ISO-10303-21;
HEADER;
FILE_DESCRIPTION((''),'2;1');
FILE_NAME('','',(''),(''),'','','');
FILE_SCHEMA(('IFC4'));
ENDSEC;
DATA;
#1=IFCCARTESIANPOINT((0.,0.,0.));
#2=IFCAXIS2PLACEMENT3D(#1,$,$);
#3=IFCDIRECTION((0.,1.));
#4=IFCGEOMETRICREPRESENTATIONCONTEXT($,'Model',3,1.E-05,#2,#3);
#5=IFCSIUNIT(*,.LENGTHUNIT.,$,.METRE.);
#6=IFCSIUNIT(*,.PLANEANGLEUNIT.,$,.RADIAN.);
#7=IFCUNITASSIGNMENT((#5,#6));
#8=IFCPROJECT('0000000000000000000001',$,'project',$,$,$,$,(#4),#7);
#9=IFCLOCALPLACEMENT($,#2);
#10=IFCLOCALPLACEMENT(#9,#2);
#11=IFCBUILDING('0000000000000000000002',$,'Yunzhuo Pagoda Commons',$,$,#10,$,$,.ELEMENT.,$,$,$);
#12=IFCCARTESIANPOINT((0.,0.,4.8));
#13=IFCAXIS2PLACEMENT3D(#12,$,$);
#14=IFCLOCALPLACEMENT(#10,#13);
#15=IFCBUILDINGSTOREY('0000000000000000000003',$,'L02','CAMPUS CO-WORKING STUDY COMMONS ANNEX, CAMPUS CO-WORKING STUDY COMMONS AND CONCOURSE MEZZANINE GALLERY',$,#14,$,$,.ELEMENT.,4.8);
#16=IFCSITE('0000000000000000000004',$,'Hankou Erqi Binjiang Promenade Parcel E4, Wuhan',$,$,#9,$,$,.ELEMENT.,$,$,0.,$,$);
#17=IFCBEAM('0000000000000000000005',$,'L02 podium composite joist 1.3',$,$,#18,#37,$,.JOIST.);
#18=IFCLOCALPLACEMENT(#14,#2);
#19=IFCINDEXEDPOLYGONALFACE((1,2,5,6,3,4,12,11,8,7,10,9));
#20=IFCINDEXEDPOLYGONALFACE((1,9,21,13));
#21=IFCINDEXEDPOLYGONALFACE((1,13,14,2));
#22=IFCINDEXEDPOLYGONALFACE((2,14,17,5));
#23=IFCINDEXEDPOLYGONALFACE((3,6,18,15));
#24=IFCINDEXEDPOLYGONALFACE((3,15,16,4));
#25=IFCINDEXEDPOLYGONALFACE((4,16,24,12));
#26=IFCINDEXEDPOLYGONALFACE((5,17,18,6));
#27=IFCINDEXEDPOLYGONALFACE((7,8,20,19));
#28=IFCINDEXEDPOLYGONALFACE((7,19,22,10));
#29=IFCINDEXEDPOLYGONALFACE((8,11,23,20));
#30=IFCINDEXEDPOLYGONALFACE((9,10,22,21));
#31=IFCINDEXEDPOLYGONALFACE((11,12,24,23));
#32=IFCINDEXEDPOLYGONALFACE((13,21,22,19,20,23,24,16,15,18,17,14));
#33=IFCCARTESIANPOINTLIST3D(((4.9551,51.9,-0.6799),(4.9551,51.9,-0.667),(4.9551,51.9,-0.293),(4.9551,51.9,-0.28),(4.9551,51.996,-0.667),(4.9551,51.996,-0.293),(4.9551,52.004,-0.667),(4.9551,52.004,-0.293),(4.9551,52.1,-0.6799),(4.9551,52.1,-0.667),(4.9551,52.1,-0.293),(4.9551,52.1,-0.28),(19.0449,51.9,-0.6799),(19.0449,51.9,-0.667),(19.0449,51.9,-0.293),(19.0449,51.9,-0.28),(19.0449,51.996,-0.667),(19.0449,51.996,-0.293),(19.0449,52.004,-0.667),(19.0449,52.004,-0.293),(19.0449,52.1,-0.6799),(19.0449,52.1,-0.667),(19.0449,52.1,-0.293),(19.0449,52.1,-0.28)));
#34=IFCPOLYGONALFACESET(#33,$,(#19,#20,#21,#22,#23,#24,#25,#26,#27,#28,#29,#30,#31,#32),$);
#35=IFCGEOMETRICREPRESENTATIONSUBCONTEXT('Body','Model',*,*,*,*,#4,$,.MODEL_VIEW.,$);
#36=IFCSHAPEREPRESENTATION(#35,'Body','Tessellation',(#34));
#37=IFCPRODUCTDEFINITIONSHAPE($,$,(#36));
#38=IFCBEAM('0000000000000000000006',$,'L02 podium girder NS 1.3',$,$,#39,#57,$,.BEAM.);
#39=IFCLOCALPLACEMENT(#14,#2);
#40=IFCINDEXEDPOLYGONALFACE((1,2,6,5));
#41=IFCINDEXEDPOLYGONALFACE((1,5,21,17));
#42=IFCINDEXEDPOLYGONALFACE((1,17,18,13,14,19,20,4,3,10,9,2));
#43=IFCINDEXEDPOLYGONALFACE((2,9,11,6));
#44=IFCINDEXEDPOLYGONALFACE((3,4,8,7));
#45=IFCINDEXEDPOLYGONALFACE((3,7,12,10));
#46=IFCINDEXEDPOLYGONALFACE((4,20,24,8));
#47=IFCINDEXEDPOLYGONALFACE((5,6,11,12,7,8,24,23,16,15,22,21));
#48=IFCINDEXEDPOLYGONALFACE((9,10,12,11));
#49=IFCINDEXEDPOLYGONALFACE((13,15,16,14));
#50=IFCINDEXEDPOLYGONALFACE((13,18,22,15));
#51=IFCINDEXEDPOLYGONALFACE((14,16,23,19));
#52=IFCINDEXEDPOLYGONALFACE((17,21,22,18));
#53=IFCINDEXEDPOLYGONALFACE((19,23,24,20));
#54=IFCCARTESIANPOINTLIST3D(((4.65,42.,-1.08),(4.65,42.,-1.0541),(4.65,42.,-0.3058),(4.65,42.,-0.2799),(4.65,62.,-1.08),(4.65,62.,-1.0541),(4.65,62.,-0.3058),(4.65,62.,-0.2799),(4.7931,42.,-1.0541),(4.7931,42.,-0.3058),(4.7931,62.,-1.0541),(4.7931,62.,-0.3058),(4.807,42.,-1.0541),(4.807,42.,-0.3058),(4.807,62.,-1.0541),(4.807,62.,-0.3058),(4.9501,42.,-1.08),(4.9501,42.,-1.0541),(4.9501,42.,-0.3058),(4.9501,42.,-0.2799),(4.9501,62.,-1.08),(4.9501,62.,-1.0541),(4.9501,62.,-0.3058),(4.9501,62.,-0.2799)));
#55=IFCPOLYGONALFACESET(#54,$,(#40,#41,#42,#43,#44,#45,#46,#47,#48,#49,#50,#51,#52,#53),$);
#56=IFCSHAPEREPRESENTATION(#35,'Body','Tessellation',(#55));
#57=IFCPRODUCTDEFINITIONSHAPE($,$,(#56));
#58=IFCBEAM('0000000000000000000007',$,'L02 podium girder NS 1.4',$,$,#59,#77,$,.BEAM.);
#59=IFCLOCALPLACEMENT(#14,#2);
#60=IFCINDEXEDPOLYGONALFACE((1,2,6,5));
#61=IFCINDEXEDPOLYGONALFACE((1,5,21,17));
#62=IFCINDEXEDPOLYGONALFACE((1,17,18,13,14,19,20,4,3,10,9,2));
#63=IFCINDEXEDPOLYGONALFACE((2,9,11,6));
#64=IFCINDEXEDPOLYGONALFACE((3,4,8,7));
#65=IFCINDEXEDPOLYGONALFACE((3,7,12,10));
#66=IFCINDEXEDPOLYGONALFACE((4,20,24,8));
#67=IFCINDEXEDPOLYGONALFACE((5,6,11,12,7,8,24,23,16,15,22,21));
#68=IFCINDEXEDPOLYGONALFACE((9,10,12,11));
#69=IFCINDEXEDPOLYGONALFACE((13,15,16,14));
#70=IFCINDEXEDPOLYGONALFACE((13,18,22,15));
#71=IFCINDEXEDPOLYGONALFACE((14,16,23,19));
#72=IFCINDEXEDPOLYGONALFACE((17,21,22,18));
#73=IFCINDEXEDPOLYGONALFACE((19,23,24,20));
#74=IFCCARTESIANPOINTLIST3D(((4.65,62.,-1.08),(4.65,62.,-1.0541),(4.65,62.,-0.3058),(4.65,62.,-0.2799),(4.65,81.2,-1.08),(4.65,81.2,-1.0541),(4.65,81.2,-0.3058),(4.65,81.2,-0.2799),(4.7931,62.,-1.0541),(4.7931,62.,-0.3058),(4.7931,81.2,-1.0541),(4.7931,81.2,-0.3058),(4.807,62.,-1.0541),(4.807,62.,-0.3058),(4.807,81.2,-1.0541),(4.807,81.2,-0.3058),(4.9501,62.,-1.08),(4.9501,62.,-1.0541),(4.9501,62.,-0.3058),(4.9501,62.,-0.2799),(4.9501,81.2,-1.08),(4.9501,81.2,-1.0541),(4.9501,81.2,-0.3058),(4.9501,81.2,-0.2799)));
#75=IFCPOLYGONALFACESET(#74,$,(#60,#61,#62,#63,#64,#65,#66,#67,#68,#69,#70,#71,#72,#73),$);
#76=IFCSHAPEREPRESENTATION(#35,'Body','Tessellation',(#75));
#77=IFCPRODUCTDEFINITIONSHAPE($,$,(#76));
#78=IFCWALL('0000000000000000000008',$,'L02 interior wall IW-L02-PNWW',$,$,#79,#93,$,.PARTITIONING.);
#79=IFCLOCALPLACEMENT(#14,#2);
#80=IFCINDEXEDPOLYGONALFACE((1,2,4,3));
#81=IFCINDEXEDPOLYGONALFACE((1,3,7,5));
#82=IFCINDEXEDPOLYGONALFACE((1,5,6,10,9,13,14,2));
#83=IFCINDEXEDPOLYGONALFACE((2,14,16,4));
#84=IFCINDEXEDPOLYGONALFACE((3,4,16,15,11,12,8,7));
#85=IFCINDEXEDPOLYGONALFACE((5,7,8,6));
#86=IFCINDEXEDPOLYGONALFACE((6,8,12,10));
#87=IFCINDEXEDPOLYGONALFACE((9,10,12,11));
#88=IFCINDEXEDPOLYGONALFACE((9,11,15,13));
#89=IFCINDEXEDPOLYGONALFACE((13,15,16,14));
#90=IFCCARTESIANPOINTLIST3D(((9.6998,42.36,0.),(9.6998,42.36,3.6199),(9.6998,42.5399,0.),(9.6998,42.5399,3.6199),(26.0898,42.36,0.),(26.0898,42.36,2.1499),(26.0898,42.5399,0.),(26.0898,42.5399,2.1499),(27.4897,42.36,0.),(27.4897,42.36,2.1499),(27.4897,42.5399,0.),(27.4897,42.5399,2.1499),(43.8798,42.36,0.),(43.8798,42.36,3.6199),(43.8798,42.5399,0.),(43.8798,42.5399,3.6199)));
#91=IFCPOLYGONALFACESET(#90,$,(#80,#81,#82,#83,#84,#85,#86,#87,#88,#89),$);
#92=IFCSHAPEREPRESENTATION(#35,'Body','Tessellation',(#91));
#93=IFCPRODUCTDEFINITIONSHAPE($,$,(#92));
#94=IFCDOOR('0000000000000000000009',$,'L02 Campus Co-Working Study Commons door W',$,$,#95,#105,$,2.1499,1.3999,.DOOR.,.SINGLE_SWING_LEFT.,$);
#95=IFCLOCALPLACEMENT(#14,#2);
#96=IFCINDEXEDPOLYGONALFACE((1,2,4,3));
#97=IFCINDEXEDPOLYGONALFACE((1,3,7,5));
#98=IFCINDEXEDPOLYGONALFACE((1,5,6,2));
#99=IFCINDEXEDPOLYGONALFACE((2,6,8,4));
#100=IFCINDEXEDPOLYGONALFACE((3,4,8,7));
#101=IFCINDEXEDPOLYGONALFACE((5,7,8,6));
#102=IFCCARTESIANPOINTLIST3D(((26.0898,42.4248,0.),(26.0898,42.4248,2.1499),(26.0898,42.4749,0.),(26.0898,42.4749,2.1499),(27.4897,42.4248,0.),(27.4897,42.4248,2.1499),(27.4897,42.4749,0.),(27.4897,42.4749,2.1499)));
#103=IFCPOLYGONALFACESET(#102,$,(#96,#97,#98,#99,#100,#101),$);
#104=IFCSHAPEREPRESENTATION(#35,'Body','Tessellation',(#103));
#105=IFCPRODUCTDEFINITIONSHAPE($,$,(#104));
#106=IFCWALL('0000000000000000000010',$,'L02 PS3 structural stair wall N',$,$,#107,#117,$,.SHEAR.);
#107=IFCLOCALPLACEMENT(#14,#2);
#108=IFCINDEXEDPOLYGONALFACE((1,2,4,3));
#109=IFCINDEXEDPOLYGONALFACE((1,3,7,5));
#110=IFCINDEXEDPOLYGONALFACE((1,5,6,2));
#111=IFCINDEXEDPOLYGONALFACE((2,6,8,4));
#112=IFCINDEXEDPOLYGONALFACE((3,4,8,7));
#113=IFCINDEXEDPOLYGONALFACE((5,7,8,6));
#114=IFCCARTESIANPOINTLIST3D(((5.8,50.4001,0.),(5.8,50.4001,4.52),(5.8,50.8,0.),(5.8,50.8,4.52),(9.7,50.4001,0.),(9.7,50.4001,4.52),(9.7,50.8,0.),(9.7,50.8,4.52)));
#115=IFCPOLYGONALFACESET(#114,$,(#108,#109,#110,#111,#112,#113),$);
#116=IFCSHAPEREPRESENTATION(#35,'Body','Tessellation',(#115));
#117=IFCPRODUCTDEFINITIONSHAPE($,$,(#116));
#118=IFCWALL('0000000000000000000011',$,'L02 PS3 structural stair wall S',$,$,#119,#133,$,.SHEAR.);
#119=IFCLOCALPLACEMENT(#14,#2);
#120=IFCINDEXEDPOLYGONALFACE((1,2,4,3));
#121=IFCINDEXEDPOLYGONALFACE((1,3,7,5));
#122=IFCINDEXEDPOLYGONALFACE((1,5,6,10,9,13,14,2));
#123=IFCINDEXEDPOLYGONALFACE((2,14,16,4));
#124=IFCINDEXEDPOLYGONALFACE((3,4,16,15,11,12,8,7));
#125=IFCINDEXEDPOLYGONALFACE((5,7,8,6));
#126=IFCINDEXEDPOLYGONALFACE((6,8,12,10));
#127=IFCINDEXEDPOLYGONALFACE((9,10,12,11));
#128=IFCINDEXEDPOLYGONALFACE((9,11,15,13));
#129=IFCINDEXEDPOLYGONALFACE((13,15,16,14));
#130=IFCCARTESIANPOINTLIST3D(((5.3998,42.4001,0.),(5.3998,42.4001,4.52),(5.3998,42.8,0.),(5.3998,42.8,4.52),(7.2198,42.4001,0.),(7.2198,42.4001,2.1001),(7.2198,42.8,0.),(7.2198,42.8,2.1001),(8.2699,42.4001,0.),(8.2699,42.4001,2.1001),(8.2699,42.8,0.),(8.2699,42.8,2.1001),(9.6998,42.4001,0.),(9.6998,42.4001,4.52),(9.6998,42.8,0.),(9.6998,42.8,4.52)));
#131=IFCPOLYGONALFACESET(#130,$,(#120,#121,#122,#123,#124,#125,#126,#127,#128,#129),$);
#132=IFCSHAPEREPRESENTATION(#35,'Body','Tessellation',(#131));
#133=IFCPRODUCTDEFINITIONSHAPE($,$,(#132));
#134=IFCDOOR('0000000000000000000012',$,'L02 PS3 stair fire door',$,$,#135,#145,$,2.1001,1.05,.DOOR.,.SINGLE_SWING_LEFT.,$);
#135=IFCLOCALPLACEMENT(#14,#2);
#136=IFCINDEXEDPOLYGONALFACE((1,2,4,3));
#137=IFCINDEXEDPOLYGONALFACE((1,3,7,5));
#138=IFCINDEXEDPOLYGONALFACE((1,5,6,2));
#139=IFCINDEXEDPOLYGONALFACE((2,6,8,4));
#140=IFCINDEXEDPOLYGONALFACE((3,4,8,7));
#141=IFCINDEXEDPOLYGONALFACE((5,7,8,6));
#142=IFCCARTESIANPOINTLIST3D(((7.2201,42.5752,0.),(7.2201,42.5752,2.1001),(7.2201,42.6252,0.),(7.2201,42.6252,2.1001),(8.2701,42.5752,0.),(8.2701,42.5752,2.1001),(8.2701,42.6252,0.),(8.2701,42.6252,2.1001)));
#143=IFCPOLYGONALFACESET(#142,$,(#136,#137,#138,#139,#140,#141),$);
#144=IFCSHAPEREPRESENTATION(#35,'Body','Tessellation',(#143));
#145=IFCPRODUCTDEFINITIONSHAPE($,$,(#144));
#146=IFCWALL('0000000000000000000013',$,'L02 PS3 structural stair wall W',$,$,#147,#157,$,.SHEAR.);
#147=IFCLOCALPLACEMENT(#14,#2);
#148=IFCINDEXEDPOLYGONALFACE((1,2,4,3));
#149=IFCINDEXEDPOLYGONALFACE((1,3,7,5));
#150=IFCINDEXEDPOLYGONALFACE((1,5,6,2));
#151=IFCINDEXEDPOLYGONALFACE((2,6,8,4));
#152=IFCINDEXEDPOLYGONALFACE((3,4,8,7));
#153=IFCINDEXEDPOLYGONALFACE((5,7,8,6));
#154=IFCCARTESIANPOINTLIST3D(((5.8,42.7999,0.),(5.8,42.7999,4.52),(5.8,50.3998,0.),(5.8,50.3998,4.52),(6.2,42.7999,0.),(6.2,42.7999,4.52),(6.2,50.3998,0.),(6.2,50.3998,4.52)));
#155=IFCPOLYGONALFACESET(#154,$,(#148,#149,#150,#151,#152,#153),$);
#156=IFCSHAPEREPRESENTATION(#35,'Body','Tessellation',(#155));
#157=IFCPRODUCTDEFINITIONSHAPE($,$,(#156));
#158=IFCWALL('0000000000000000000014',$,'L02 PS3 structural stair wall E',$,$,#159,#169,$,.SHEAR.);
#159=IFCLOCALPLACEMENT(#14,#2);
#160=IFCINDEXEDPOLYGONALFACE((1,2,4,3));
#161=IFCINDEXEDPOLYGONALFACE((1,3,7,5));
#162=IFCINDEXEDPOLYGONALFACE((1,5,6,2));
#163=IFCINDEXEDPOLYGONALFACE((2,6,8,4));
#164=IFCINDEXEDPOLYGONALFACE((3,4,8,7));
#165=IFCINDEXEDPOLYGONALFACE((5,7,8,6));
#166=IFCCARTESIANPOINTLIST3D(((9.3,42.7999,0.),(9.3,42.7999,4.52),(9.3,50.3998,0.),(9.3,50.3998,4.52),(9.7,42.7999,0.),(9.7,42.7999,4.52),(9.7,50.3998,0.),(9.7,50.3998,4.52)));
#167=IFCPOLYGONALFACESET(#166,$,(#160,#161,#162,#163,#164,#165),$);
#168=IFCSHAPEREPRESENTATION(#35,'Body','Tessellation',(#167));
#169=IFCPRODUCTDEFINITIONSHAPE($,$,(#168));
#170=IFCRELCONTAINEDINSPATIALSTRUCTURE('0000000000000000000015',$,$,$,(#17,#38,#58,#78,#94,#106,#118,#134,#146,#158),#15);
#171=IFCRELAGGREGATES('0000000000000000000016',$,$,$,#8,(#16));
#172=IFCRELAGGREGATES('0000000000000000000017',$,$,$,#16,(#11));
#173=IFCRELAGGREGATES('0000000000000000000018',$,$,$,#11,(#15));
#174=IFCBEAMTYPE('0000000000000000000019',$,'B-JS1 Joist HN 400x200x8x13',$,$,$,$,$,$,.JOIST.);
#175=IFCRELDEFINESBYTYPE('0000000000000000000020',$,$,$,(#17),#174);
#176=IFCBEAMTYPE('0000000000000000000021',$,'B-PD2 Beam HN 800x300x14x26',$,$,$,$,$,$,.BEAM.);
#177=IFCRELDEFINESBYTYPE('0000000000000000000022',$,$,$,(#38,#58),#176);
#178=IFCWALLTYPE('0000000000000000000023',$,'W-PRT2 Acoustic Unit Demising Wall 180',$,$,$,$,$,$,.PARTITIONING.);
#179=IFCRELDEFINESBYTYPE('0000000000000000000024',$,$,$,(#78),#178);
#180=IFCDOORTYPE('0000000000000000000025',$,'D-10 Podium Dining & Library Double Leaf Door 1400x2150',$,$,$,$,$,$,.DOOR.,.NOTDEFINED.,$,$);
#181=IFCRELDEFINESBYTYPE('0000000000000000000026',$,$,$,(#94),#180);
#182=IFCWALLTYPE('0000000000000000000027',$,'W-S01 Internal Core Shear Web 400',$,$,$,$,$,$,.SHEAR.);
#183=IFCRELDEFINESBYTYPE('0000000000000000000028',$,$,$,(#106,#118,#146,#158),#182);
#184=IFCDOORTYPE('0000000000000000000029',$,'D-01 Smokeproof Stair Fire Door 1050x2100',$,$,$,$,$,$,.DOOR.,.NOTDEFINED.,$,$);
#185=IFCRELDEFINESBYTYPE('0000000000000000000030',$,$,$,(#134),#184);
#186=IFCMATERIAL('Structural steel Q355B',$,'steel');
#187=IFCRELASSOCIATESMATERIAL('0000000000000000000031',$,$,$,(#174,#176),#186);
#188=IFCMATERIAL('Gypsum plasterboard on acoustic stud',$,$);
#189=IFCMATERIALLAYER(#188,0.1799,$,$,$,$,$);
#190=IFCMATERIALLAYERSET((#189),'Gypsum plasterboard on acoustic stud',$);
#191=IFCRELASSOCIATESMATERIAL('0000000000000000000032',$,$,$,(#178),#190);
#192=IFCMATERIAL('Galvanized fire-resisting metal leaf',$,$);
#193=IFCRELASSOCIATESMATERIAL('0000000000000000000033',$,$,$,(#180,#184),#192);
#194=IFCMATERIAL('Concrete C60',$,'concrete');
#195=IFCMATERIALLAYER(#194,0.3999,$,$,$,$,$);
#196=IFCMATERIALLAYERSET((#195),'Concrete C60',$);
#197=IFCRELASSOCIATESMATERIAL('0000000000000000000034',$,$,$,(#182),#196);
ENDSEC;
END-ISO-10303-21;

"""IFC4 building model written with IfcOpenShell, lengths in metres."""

from ifc_helpers import new_model, si_unit, direction, frame, frame_2d, origin, origin_with_axes, origin_2d, place, context, subcontext, project, spatial, rectangle, i_section, extrude, source, transform, mapped, material, layer, layer_set, material_profile, profile_set, type_object, element, fill, save


model = new_model("IFC4")

# Units and contexts
model_context = context("Model", 3, precision=1e-05, world=origin(), true_north=direction((0.0, 1.0)))
body_context = subcontext(model_context, "Body", "Model", "MODEL_VIEW")
ifc_project = project(units=[si_unit("LENGTHUNIT", "METRE"), si_unit("PLANEANGLEUNIT", "RADIAN")], contexts=[model_context])

# Site, building, storey
site_placement = place(None, origin())
site = spatial("IfcSite", under=ifc_project, at=site_placement, Name="Hankou Erqi Binjiang Promenade Parcel E4, Wuhan", CompositionType="ELEMENT", RefElevation=0.0)
building_placement = place(site_placement, origin())
building = spatial("IfcBuilding", under=site, at=building_placement, Name="Yunzhuo Pagoda Commons", CompositionType="ELEMENT")
storey_placement = place(building_placement, frame((0.0, 0.0, 4.8)))
storey = spatial("IfcBuildingStorey", under=building, at=storey_placement, Name="L02", Description="CAMPUS CO-WORKING STUDY COMMONS ANNEX, CAMPUS CO-WORKING STUDY COMMONS AND CONCOURSE MEZZANINE GALLERY", CompositionType="ELEMENT", Elevation=4.8)

# Beams
ifc_material_1 = material(Name="Structural steel Q355B", Category="steel")
ifc_material_profile_1 = material_profile(ifc_material_1, i_section(OverallWidth=0.2, OverallDepth=0.3999, WebThickness=0.0081, FlangeThickness=0.0129, at=origin_2d()), Name="Structural steel Q355B")
ifc_profile_set_1 = profile_set([ifc_material_profile_1], Name="Structural steel Q355B")
beam_type_1 = type_object("IfcBeamType", Name="B-JS1 Joist HN 400x200x8x13", PredefinedType="JOIST", material=ifc_profile_set_1)
shared_shape_1 = source(origin(), body_context, "Body", "SweptSolid", [
    extrude(i_section(OverallWidth=0.2, OverallDepth=0.3999, WebThickness=0.0081, FlangeThickness=0.0129, at=origin_2d()), origin(), (0.0, 0.0, 1.0), 14.0898),
])
beam_1_placement = place(storey_placement, frame((4.9551, 52.0, -0.48), z_axis=(1.0, 0.0, 0.0), x_axis=(0.0, 1.0, 0.0)))
element("IfcBeam", 1, at=beam_1_placement, inside=storey, type_object=beam_type_1, Name="L02 podium composite joist 1.3", PredefinedType="JOIST", context=body_context, shape_type="MappedRepresentation", body=[
    mapped(shared_shape_1, transform((0.0, 0.0, 0.0), scale=1.0)),
])
ifc_material_profile_2 = material_profile(ifc_material_1, i_section(OverallWidth=0.3, OverallDepth=0.8, WebThickness=0.0139, FlangeThickness=0.0259, at=origin_2d()), Name="Structural steel Q355B")
ifc_profile_set_2 = profile_set([ifc_material_profile_2], Name="Structural steel Q355B")
beam_type_2 = type_object("IfcBeamType", Name="B-PD2 Beam HN 800x300x14x26", PredefinedType="BEAM", material=ifc_profile_set_2)
shared_shape_2 = source(origin(), body_context, "Body", "SweptSolid", [
    extrude(i_section(OverallWidth=0.3, OverallDepth=0.8, WebThickness=0.0139, FlangeThickness=0.0259, at=origin_2d()), origin(), (0.0, 0.0, 1.0), 20.0),
])
beam_2_placement = place(storey_placement, frame((4.8, 42.0, -0.6799), z_axis=(0.0, 1.0, 0.0), x_axis=(-1.0, 0.0, 0.0)))
element("IfcBeam", 2, at=beam_2_placement, inside=storey, type_object=beam_type_2, Name="L02 podium girder NS 1.3", PredefinedType="BEAM", context=body_context, shape_type="MappedRepresentation", body=[
    mapped(shared_shape_2, transform((0.0, 0.0, 0.0), scale=1.0)),
])
shared_shape_3 = source(origin(), body_context, "Body", "SweptSolid", [
    extrude(i_section(OverallWidth=0.3, OverallDepth=0.8, WebThickness=0.0139, FlangeThickness=0.0259, at=origin_2d()), origin(), (0.0, 0.0, 1.0), 19.2),
])
beam_3_placement = place(storey_placement, frame((4.8, 62.0, -0.6799), z_axis=(0.0, 1.0, 0.0), x_axis=(-1.0, 0.0, 0.0)))
element("IfcBeam", 3, at=beam_3_placement, inside=storey, type_object=beam_type_2, Name="L02 podium girder NS 1.4", PredefinedType="BEAM", context=body_context, shape_type="MappedRepresentation", body=[
    mapped(shared_shape_3, transform((0.0, 0.0, 0.0), scale=1.0)),
])

# Wall, opening, door
ifc_material_2 = material(Name="Gypsum plasterboard on acoustic stud")
ifc_layer_1 = layer(ifc_material_2, 0.1799)
ifc_layer_set_1 = layer_set([ifc_layer_1], Name="Gypsum plasterboard on acoustic stud")
wall_type_1 = type_object("IfcWallType", Name="W-PRT2 Acoustic Unit Demising Wall 180", PredefinedType="PARTITIONING", material=ifc_layer_set_1)
wall_1_placement = place(storey_placement, frame((9.7, 42.45, 0.0), z_axis=(0.0, 0.0, 1.0), x_axis=(1.0, 0.0, 0.0)))
wall_1 = element("IfcWall", 4, at=wall_1_placement, inside=storey, type_object=wall_type_1, Name="L02 interior wall IW-L02-PNWW", PredefinedType="PARTITIONING", context=body_context, shape_type="SweptSolid", body=[
    extrude(rectangle(XDim=34.1799, YDim=0.1799, at=frame_2d((17.0898, 0.0))), origin(), (0.0, 0.0, 1.0), 3.6199),
])
opening_1_placement = place(wall_1_placement, frame((16.3899, 0.0, 0.0)))
opening_1 = element("IfcOpeningElement", 5, at=opening_1_placement, cuts=wall_1, PredefinedType="OPENING", context=body_context, shape_type="SweptSolid", body=[
    extrude(rectangle(XDim=1.3999, YDim=2.1499, at=frame_2d((0.7, 1.075))), frame((0.0, 0.1001, 0.0), z_axis=(0.0, -1.0, 0.0), x_axis=(1.0, 0.0, 0.0)), (0.0, 0.0, 1.0), 0.2),
])
ifc_material_3 = material(Name="Galvanized fire-resisting metal leaf")
door_type_1 = type_object("IfcDoorType", Name="D-10 Podium Dining & Library Double Leaf Door 1400x2150", OperationType="NOTDEFINED", PredefinedType="DOOR", material=ifc_material_3)
shared_shape_4 = source(origin(), body_context, "Body", "SweptSolid", [
    extrude(rectangle(XDim=1.3999, YDim=2.1499, at=frame_2d((0.7, 1.075))), frame((0.0, 0.0249, 0.0), z_axis=(0.0, -1.0, 0.0), x_axis=(1.0, 0.0, 0.0)), (0.0, 0.0, 1.0), 0.05),
])
door_1_placement = place(opening_1_placement, origin_with_axes())
door_1 = element("IfcDoor", 6, at=door_1_placement, inside=storey, type_object=door_type_1, Name="L02 Campus Co-Working Study Commons door W", OperationType="SINGLE_SWING_LEFT", OverallHeight=2.1499, OverallWidth=1.3999, PredefinedType="DOOR", context=body_context, shape_type="MappedRepresentation", body=[
    mapped(shared_shape_4, transform((0.0, 0.0, 0.0), scale=1.0)),
])
fill(opening_1, door_1)

# Wall
ifc_material_4 = material(Name="Concrete C60", Category="concrete")
ifc_layer_2 = layer(ifc_material_4, 0.3999)
ifc_layer_set_2 = layer_set([ifc_layer_2], Name="Concrete C60")
wall_type_2 = type_object("IfcWallType", Name="W-S01 Internal Core Shear Web 400", PredefinedType="SHEAR", material=ifc_layer_set_2)
wall_2_placement = place(storey_placement, frame((5.8, 50.6001, 0.0), z_axis=(0.0, 0.0, 1.0), x_axis=(1.0, 0.0, 0.0)))
element("IfcWall", 7, at=wall_2_placement, inside=storey, type_object=wall_type_2, Name="L02 PS3 structural stair wall N", PredefinedType="SHEAR", context=body_context, shape_type="SweptSolid", body=[
    extrude(rectangle(XDim=3.8999, YDim=0.3999, at=frame_2d((1.95, 0.0))), origin(), (0.0, 0.0, 1.0), 4.52),
])

# Wall, opening, door
wall_3_placement = place(storey_placement, frame((5.3999, 42.6001, 0.0), z_axis=(0.0, 0.0, 1.0), x_axis=(1.0, 0.0, 0.0)))
wall_3 = element("IfcWall", 8, at=wall_3_placement, inside=storey, type_object=wall_type_2, Name="L02 PS3 structural stair wall S", PredefinedType="SHEAR", context=body_context, shape_type="SweptSolid", body=[
    extrude(rectangle(XDim=4.3, YDim=0.3999, at=frame_2d((2.1499, 0.0))), origin(), (0.0, 0.0, 1.0), 4.52),
])
opening_2_placement = place(wall_3_placement, frame((1.8201, 0.0, 0.0)))
opening_2 = element("IfcOpeningElement", 9, at=opening_2_placement, cuts=wall_3, PredefinedType="OPENING", context=body_context, shape_type="SweptSolid", body=[
    extrude(rectangle(XDim=1.05, YDim=2.1001, at=frame_2d((0.5249, 1.05))), frame((0.0, 0.21, 0.0), z_axis=(0.0, -1.0, 0.0), x_axis=(1.0, 0.0, 0.0)), (0.0, 0.0, 1.0), 0.4199),
])
door_type_2 = type_object("IfcDoorType", Name="D-01 Smokeproof Stair Fire Door 1050x2100", OperationType="NOTDEFINED", PredefinedType="DOOR", material=ifc_material_3)
shared_shape_5 = source(origin(), body_context, "Body", "SweptSolid", [
    extrude(rectangle(XDim=1.05, YDim=2.1001, at=frame_2d((0.5249, 1.05))), frame((0.0, 0.0249, 0.0), z_axis=(0.0, -1.0, 0.0), x_axis=(1.0, 0.0, 0.0)), (0.0, 0.0, 1.0), 0.05),
])
door_2_placement = place(opening_2_placement, frame((1.05, 0.0, 0.0), z_axis=(0.0, 0.0, 1.0), x_axis=(-1.0, 0.0, 0.0)))
door_2 = element("IfcDoor", 10, at=door_2_placement, inside=storey, type_object=door_type_2, Name="L02 PS3 stair fire door", OperationType="SINGLE_SWING_LEFT", OverallHeight=2.1001, OverallWidth=1.05, PredefinedType="DOOR", context=body_context, shape_type="MappedRepresentation", body=[
    mapped(shared_shape_5, transform((0.0, 0.0, 0.0), scale=1.0)),
])
fill(opening_2, door_2)

# Walls
for number, where, z_axis, x_axis, name in (
    (11, (6.0, 42.8, 0.0), (0.0, 0.0, 1.0), (0.0, 1.0, 0.0), "L02 PS3 structural stair wall W"),
    (12, (9.5, 42.8, 0.0), (0.0, 0.0, 1.0), (0.0, 1.0, 0.0), "L02 PS3 structural stair wall E"),
):
    element("IfcWall", number, at=place(storey_placement, frame(where, z_axis=z_axis, x_axis=x_axis)), inside=storey, type_object=wall_type_2, Name=name, PredefinedType="SHEAR", context=body_context, shape_type="SweptSolid", body=[
        extrude(rectangle(XDim=7.5999, YDim=0.3999, at=frame_2d((3.7998, 0.0))), origin(), (0.0, 0.0, 1.0), 4.52),
    ])

save(model, "model.ifc")
